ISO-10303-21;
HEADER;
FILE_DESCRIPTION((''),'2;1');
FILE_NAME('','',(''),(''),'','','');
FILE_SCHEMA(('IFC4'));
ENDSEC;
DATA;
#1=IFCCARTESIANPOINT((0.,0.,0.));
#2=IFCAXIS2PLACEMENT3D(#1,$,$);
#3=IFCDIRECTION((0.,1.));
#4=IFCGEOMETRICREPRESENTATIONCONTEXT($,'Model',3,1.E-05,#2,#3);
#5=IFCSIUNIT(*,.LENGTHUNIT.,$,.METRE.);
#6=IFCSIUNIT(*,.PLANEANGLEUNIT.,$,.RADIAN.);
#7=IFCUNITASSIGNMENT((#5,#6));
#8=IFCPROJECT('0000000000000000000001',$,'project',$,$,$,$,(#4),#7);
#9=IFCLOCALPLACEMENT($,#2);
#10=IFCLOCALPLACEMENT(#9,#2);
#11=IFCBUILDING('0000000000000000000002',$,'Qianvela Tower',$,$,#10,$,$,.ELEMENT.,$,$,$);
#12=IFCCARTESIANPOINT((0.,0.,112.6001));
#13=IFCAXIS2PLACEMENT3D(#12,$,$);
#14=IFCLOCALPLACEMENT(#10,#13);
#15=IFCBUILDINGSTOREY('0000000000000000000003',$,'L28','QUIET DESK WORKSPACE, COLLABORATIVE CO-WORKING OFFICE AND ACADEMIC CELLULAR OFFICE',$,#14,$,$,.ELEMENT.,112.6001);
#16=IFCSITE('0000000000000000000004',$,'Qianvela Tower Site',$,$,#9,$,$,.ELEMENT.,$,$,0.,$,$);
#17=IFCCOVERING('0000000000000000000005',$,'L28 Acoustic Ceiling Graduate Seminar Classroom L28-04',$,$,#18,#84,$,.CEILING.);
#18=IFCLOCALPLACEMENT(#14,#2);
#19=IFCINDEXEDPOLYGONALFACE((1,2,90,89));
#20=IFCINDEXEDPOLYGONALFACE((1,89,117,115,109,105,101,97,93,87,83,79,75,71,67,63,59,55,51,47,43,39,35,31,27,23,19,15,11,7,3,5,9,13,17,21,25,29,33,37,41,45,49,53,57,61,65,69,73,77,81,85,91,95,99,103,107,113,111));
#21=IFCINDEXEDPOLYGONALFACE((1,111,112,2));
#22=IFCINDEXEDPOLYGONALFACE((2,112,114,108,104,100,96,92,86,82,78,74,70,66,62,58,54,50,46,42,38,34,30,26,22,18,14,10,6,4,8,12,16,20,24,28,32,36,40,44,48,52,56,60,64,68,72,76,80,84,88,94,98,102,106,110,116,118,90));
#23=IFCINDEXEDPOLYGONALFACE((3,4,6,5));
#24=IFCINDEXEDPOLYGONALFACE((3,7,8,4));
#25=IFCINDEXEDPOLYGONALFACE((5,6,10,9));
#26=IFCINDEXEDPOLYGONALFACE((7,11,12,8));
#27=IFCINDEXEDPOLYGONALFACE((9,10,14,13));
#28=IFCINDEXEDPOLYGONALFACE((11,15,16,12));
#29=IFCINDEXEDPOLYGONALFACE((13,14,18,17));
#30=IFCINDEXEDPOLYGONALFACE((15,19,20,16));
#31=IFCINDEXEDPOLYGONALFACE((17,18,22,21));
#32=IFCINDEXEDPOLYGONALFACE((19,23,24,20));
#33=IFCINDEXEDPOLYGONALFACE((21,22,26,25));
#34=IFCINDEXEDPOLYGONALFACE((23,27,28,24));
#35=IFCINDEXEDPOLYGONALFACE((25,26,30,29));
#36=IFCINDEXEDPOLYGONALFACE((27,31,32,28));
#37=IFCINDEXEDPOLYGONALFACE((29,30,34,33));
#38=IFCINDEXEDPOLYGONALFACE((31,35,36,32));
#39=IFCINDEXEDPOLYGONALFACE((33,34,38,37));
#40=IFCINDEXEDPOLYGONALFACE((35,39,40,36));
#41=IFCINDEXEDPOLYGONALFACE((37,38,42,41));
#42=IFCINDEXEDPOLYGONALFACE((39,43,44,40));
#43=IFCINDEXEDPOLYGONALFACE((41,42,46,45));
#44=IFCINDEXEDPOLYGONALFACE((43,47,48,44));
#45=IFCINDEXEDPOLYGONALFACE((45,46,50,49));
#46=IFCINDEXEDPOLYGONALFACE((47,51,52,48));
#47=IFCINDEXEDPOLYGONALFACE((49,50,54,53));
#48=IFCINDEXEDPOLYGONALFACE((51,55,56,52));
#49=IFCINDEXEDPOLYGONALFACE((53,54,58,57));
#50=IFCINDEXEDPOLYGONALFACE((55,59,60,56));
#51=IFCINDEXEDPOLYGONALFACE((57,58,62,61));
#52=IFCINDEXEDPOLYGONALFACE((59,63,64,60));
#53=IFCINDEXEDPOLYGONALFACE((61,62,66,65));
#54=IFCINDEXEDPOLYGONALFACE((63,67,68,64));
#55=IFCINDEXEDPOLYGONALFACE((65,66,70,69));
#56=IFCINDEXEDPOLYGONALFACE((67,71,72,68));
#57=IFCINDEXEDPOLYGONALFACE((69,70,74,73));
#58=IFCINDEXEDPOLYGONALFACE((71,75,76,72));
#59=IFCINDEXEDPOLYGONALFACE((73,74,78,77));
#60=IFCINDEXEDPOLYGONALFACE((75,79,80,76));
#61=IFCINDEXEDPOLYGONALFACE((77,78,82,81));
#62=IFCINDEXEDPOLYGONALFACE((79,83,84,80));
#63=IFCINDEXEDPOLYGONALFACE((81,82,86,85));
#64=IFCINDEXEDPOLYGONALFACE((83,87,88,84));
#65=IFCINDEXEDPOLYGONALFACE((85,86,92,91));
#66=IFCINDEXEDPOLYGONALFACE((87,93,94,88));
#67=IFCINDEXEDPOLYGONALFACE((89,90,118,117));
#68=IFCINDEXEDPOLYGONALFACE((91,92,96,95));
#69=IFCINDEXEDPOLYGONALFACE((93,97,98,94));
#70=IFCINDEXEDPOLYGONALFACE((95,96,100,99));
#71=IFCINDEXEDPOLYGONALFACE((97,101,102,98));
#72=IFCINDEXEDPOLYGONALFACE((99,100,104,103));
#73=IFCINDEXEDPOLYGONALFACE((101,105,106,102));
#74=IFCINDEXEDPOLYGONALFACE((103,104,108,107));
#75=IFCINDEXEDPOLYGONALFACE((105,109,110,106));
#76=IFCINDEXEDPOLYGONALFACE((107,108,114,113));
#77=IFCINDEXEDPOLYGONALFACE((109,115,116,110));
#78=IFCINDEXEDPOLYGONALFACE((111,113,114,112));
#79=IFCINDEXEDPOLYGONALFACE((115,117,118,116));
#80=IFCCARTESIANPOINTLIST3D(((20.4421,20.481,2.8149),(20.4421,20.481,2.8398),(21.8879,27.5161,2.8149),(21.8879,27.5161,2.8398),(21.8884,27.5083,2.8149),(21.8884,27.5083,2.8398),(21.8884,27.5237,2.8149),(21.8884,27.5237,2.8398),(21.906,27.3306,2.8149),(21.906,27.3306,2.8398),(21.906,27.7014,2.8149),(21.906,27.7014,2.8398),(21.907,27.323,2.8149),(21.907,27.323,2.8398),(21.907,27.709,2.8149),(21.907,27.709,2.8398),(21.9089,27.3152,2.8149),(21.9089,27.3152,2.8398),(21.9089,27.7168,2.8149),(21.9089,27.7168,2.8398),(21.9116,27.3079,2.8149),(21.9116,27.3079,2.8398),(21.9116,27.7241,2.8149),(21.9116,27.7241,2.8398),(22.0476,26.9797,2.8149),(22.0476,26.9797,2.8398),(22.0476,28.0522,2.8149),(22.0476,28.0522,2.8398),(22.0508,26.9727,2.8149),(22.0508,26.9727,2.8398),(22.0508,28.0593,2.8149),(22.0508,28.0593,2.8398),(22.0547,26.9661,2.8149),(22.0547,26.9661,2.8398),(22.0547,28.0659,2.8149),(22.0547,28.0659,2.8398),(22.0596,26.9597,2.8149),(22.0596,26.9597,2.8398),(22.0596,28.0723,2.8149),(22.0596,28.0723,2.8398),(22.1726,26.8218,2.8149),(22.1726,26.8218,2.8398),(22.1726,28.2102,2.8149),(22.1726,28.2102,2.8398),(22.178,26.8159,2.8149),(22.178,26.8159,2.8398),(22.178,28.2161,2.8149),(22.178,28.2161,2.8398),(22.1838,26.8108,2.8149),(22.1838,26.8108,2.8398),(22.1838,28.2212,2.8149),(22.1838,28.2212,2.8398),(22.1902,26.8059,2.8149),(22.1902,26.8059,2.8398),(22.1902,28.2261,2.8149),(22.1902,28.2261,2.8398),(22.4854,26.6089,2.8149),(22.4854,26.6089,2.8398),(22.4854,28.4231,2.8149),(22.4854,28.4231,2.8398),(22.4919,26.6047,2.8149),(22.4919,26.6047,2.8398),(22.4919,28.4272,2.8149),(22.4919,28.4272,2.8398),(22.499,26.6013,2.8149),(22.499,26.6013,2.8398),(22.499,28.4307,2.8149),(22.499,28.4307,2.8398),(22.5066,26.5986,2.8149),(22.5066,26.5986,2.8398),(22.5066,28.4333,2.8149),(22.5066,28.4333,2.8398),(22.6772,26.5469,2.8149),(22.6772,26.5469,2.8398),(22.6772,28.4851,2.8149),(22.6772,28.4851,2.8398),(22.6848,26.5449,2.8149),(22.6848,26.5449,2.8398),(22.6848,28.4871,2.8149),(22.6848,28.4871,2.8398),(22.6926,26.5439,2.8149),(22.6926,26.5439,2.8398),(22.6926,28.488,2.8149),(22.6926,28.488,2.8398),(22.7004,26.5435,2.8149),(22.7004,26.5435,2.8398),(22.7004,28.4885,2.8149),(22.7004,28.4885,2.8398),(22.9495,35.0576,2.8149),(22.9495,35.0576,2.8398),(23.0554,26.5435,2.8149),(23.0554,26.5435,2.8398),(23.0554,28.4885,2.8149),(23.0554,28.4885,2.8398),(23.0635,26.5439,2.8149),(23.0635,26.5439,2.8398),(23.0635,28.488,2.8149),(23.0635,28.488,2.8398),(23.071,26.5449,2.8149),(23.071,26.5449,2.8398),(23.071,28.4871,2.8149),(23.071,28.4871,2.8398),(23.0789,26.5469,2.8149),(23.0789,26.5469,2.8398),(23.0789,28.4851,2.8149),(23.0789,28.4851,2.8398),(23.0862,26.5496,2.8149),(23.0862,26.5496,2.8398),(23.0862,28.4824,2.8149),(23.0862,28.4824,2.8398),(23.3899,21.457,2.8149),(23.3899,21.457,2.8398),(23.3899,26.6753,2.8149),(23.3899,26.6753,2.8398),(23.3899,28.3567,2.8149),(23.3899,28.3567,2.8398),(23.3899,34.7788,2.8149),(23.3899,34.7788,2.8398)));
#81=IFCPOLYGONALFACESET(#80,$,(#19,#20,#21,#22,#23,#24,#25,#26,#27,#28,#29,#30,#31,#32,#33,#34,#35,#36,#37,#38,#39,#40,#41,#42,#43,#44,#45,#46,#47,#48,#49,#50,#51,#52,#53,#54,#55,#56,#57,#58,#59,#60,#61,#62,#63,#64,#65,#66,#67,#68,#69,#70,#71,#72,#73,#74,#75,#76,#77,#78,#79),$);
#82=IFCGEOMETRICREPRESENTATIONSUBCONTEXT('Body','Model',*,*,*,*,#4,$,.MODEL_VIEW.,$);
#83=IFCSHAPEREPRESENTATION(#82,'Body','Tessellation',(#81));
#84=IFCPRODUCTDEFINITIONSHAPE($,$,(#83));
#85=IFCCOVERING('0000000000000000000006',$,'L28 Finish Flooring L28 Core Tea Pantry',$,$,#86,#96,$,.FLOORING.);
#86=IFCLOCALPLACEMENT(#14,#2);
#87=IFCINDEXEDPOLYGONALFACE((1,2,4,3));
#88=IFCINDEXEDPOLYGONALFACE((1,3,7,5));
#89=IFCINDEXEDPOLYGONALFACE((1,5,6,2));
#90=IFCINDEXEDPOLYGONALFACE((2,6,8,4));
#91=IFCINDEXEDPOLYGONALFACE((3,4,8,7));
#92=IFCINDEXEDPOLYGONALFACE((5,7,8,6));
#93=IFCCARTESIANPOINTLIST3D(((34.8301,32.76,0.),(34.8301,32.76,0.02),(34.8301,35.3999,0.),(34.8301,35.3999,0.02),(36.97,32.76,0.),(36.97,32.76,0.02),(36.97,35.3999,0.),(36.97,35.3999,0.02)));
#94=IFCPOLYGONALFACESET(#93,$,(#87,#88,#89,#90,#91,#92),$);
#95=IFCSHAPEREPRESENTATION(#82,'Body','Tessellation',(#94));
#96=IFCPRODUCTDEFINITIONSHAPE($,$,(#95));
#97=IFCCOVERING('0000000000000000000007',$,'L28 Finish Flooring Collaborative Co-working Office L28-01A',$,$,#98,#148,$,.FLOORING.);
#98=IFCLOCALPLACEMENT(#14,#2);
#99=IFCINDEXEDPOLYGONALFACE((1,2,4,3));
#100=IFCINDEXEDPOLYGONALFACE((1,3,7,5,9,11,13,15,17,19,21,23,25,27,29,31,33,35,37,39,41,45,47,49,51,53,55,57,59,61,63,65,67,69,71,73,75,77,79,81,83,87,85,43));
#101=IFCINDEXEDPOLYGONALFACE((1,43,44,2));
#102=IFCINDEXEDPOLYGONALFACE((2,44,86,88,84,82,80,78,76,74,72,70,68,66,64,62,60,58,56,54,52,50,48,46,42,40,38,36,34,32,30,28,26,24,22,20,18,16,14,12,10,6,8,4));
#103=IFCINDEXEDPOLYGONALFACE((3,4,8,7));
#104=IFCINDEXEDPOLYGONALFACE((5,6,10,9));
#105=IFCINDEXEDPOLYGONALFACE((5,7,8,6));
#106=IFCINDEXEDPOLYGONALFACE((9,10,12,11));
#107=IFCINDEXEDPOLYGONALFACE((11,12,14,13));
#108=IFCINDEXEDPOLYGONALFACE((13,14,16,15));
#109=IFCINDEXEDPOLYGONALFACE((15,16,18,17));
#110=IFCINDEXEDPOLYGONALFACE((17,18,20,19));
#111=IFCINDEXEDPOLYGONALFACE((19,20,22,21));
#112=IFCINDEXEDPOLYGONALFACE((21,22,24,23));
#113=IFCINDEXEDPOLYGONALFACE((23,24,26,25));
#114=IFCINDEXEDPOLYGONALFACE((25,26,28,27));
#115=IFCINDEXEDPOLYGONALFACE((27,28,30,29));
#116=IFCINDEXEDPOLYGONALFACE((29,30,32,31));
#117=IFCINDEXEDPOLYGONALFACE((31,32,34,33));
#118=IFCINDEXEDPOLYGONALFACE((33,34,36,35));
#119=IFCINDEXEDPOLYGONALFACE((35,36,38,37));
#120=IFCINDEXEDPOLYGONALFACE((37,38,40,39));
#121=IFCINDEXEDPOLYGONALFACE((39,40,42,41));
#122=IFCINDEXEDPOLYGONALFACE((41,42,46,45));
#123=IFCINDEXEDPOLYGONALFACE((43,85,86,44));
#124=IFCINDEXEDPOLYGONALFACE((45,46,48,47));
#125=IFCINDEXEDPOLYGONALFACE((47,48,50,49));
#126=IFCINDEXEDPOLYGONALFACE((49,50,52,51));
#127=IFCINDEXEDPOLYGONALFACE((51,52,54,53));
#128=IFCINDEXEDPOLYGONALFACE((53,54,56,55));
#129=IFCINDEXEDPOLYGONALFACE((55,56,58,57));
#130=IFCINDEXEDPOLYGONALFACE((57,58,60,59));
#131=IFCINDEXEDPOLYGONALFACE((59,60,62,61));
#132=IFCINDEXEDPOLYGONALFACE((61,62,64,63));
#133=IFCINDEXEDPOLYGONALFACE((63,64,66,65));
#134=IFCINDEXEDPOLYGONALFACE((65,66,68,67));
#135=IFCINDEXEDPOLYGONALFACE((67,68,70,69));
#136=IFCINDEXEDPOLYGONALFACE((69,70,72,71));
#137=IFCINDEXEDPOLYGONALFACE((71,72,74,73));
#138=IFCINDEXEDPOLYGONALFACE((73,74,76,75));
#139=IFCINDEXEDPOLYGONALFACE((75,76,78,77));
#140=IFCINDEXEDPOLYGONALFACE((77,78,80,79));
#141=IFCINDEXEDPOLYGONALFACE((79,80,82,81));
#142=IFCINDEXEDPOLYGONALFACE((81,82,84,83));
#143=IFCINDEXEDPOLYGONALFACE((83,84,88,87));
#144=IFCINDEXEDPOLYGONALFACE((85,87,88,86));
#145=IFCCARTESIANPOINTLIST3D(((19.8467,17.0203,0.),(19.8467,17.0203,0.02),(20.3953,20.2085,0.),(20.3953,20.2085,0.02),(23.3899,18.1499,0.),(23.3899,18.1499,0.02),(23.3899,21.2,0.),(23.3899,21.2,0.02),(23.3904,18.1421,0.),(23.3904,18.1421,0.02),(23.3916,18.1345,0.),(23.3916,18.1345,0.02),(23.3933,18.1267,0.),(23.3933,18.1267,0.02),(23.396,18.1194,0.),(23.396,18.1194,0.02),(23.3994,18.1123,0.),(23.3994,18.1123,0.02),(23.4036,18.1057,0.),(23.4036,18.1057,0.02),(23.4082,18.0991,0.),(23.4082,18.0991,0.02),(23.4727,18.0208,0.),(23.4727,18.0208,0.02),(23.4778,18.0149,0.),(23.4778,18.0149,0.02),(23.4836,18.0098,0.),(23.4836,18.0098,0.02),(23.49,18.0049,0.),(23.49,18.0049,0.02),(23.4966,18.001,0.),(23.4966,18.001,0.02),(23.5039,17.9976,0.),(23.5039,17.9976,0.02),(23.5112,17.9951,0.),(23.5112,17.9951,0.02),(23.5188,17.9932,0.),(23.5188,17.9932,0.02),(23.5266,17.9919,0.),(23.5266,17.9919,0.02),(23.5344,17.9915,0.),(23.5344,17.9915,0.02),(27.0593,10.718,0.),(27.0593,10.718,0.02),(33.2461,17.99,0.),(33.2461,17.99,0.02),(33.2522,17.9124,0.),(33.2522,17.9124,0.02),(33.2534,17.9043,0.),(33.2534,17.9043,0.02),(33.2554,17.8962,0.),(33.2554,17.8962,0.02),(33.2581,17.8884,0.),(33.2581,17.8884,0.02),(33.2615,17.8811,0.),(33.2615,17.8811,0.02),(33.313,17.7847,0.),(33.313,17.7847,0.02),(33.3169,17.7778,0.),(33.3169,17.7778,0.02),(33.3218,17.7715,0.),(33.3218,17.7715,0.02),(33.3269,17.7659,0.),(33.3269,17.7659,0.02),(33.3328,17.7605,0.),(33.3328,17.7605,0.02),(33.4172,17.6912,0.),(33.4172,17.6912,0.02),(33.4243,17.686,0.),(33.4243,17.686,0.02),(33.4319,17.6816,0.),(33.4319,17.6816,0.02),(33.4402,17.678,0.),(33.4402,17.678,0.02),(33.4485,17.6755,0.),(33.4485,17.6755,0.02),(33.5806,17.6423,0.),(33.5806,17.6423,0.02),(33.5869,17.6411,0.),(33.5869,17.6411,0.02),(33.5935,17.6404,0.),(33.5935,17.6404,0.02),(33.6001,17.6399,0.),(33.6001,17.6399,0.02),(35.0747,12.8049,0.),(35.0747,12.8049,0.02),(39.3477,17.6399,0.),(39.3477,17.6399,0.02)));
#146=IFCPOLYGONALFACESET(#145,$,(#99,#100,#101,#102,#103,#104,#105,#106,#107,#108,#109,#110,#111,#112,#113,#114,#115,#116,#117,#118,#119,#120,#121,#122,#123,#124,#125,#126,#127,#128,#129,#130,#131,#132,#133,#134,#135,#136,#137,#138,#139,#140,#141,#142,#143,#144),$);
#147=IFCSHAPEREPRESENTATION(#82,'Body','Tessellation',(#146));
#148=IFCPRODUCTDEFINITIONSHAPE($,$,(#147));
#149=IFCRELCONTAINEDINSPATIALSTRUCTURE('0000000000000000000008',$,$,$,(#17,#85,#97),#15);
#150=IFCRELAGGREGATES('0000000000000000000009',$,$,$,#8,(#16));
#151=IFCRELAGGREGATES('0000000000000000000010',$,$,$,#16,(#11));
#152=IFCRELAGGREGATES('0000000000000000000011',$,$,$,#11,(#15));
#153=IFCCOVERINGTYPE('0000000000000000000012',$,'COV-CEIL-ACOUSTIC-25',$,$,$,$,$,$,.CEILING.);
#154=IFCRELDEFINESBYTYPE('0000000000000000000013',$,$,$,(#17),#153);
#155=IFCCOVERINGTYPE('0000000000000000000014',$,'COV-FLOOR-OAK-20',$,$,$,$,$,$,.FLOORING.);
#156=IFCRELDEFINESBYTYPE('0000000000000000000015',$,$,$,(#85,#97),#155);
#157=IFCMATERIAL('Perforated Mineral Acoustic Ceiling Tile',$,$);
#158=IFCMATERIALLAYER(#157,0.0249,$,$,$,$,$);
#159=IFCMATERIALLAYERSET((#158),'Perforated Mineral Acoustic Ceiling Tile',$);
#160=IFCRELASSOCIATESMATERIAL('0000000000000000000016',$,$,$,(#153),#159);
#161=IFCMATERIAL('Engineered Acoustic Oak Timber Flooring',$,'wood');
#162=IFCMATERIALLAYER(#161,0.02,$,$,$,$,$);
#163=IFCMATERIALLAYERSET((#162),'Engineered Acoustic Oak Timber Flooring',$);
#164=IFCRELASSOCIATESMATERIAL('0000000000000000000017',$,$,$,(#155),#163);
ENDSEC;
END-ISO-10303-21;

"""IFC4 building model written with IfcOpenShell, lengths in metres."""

from ifc_helpers import new_model, si_unit, direction, frame, origin, place, context, subcontext, project, spatial, polyline, outline, extrude, material, layer, layer_set, type_object, element, save


model = new_model("IFC4")

# Units and contexts
model_context = context("Model", 3, precision=1e-05, world=origin(), true_north=direction((0.0, 1.0)))
body_context = subcontext(model_context, "Body", "Model", "MODEL_VIEW")
ifc_project = project(units=[si_unit("LENGTHUNIT", "METRE"), si_unit("PLANEANGLEUNIT", "RADIAN")], contexts=[model_context])

# Site, building, storey
site_placement = place(None, origin())
site = spatial("IfcSite", under=ifc_project, at=site_placement, Name="Qianvela Tower Site", CompositionType="ELEMENT", RefElevation=0.0)
building_placement = place(site_placement, origin())
building = spatial("IfcBuilding", under=site, at=building_placement, Name="Qianvela Tower", CompositionType="ELEMENT")
storey_placement = place(building_placement, frame((0.0, 0.0, 112.6001)))
storey = spatial("IfcBuildingStorey", under=building, at=storey_placement, Name="L28", Description="QUIET DESK WORKSPACE, COLLABORATIVE CO-WORKING OFFICE AND ACADEMIC CELLULAR OFFICE", CompositionType="ELEMENT", Elevation=112.6001)

# Coverings
ifc_material_1 = material(Name="Perforated Mineral Acoustic Ceiling Tile")
ifc_layer_1 = layer(ifc_material_1, 0.0249)
ifc_layer_set_1 = layer_set([ifc_layer_1], Name="Perforated Mineral Acoustic Ceiling Tile")
covering_type_1 = type_object("IfcCoveringType", Name="COV-CEIL-ACOUSTIC-25", PredefinedType="CEILING", material=ifc_layer_set_1)
covering_1_placement = place(storey_placement, frame((0.0, 0.0, 2.8149)))
element("IfcCovering", 1, at=covering_1_placement, inside=storey, type_object=covering_type_1, Name="L28 Acoustic Ceiling Graduate Seminar Classroom L28-04", PredefinedType="CEILING", context=body_context, shape_type="SweptSolid", body=[
    extrude(outline(polyline([(23.3899, 26.6753), (23.3899, 21.457), (20.4421, 20.481), (22.9495, 35.0576), (23.3899, 34.7788), (23.3899, 28.3567), (23.0862, 28.4824), (23.0789, 28.4851), (23.071, 28.4871), (23.0635, 28.488), (23.0554, 28.4885), (22.7004, 28.4885), (22.6926, 28.488), (22.6848, 28.4871), (22.6772, 28.4851), (22.5066, 28.4333), (22.499, 28.4307), (22.4919, 28.4272), (22.4854, 28.4231), (22.1902, 28.2261), (22.1838, 28.2212), (22.178, 28.2161), (22.1726, 28.2102), (22.0596, 28.0723), (22.0547, 28.0659), (22.0508, 28.0593), (22.0476, 28.0522), (21.9116, 27.7241), (21.9089, 27.7168), (21.907, 27.709), (21.906, 27.7014), (21.8884, 27.5237), (21.8879, 27.5161), (21.8884, 27.5083), (21.906, 27.3306), (21.907, 27.323), (21.9089, 27.3152), (21.9116, 27.3079), (22.0476, 26.9797), (22.0508, 26.9727), (22.0547, 26.9661), (22.0596, 26.9597), (22.1726, 26.8218), (22.178, 26.8159), (22.1838, 26.8108), (22.1902, 26.8059), (22.4854, 26.6089), (22.4919, 26.6047), (22.499, 26.6013), (22.5066, 26.5986), (22.6772, 26.5469), (22.6848, 26.5449), (22.6926, 26.5439), (22.7004, 26.5435), (23.0554, 26.5435), (23.0635, 26.5439), (23.071, 26.5449), (23.0789, 26.5469), (23.0862, 26.5496), (23.3899, 26.6753)])), origin(), (0.0, 0.0, 1.0), 0.0249),
])
ifc_material_2 = material(Name="Engineered Acoustic Oak Timber Flooring", Category="wood")
ifc_layer_2 = layer(ifc_material_2, 0.02)
ifc_layer_set_2 = layer_set([ifc_layer_2], Name="Engineered Acoustic Oak Timber Flooring")
covering_type_2 = type_object("IfcCoveringType", Name="COV-FLOOR-OAK-20", PredefinedType="FLOORING", material=ifc_layer_set_2)
covering_2_placement = place(storey_placement, origin())
element("IfcCovering", 2, at=covering_2_placement, inside=storey, type_object=covering_type_2, Name="L28 Finish Flooring L28 Core Tea Pantry", PredefinedType="FLOORING", context=body_context, shape_type="SweptSolid", body=[
    extrude(outline(polyline([(36.97, 32.76), (34.8301, 32.76), (34.8301, 35.3999), (36.97, 35.3999), (36.97, 32.76)])), origin(), (0.0, 0.0, 1.0), 0.02),
])
covering_3_placement = place(storey_placement, origin())
element("IfcCovering", 3, at=covering_3_placement, inside=storey, type_object=covering_type_2, Name="L28 Finish Flooring Collaborative Co-working Office L28-01A", PredefinedType="FLOORING", context=body_context, shape_type="SweptSolid", body=[
    extrude(outline(polyline([(23.3899, 18.1499), (23.3904, 18.1421), (23.3916, 18.1345), (23.3933, 18.1267), (23.396, 18.1194), (23.3994, 18.1123), (23.4036, 18.1057), (23.4082, 18.0991), (23.4727, 18.0208), (23.4778, 18.0149), (23.4836, 18.0098), (23.49, 18.0049), (23.4966, 18.001), (23.5039, 17.9976), (23.5112, 17.9951), (23.5188, 17.9932), (23.5266, 17.9919), (23.5344, 17.9915), (33.2461, 17.99), (33.2522, 17.9124), (33.2534, 17.9043), (33.2554, 17.8962), (33.2581, 17.8884), (33.2615, 17.8811), (33.313, 17.7847), (33.3169, 17.7778), (33.3218, 17.7715), (33.3269, 17.7659), (33.3328, 17.7605), (33.4172, 17.6912), (33.4243, 17.686), (33.4319, 17.6816), (33.4402, 17.678), (33.4485, 17.6755), (33.5806, 17.6423), (33.5869, 17.6411), (33.5935, 17.6404), (33.6001, 17.6399), (39.3477, 17.6399), (35.0747, 12.8049), (27.0593, 10.718), (19.8467, 17.0203), (20.3953, 20.2085), (23.3899, 21.2), (23.3899, 18.1499)])), origin(), (0.0, 0.0, 1.0), 0.02),
])

save(model, "model.ifc")
